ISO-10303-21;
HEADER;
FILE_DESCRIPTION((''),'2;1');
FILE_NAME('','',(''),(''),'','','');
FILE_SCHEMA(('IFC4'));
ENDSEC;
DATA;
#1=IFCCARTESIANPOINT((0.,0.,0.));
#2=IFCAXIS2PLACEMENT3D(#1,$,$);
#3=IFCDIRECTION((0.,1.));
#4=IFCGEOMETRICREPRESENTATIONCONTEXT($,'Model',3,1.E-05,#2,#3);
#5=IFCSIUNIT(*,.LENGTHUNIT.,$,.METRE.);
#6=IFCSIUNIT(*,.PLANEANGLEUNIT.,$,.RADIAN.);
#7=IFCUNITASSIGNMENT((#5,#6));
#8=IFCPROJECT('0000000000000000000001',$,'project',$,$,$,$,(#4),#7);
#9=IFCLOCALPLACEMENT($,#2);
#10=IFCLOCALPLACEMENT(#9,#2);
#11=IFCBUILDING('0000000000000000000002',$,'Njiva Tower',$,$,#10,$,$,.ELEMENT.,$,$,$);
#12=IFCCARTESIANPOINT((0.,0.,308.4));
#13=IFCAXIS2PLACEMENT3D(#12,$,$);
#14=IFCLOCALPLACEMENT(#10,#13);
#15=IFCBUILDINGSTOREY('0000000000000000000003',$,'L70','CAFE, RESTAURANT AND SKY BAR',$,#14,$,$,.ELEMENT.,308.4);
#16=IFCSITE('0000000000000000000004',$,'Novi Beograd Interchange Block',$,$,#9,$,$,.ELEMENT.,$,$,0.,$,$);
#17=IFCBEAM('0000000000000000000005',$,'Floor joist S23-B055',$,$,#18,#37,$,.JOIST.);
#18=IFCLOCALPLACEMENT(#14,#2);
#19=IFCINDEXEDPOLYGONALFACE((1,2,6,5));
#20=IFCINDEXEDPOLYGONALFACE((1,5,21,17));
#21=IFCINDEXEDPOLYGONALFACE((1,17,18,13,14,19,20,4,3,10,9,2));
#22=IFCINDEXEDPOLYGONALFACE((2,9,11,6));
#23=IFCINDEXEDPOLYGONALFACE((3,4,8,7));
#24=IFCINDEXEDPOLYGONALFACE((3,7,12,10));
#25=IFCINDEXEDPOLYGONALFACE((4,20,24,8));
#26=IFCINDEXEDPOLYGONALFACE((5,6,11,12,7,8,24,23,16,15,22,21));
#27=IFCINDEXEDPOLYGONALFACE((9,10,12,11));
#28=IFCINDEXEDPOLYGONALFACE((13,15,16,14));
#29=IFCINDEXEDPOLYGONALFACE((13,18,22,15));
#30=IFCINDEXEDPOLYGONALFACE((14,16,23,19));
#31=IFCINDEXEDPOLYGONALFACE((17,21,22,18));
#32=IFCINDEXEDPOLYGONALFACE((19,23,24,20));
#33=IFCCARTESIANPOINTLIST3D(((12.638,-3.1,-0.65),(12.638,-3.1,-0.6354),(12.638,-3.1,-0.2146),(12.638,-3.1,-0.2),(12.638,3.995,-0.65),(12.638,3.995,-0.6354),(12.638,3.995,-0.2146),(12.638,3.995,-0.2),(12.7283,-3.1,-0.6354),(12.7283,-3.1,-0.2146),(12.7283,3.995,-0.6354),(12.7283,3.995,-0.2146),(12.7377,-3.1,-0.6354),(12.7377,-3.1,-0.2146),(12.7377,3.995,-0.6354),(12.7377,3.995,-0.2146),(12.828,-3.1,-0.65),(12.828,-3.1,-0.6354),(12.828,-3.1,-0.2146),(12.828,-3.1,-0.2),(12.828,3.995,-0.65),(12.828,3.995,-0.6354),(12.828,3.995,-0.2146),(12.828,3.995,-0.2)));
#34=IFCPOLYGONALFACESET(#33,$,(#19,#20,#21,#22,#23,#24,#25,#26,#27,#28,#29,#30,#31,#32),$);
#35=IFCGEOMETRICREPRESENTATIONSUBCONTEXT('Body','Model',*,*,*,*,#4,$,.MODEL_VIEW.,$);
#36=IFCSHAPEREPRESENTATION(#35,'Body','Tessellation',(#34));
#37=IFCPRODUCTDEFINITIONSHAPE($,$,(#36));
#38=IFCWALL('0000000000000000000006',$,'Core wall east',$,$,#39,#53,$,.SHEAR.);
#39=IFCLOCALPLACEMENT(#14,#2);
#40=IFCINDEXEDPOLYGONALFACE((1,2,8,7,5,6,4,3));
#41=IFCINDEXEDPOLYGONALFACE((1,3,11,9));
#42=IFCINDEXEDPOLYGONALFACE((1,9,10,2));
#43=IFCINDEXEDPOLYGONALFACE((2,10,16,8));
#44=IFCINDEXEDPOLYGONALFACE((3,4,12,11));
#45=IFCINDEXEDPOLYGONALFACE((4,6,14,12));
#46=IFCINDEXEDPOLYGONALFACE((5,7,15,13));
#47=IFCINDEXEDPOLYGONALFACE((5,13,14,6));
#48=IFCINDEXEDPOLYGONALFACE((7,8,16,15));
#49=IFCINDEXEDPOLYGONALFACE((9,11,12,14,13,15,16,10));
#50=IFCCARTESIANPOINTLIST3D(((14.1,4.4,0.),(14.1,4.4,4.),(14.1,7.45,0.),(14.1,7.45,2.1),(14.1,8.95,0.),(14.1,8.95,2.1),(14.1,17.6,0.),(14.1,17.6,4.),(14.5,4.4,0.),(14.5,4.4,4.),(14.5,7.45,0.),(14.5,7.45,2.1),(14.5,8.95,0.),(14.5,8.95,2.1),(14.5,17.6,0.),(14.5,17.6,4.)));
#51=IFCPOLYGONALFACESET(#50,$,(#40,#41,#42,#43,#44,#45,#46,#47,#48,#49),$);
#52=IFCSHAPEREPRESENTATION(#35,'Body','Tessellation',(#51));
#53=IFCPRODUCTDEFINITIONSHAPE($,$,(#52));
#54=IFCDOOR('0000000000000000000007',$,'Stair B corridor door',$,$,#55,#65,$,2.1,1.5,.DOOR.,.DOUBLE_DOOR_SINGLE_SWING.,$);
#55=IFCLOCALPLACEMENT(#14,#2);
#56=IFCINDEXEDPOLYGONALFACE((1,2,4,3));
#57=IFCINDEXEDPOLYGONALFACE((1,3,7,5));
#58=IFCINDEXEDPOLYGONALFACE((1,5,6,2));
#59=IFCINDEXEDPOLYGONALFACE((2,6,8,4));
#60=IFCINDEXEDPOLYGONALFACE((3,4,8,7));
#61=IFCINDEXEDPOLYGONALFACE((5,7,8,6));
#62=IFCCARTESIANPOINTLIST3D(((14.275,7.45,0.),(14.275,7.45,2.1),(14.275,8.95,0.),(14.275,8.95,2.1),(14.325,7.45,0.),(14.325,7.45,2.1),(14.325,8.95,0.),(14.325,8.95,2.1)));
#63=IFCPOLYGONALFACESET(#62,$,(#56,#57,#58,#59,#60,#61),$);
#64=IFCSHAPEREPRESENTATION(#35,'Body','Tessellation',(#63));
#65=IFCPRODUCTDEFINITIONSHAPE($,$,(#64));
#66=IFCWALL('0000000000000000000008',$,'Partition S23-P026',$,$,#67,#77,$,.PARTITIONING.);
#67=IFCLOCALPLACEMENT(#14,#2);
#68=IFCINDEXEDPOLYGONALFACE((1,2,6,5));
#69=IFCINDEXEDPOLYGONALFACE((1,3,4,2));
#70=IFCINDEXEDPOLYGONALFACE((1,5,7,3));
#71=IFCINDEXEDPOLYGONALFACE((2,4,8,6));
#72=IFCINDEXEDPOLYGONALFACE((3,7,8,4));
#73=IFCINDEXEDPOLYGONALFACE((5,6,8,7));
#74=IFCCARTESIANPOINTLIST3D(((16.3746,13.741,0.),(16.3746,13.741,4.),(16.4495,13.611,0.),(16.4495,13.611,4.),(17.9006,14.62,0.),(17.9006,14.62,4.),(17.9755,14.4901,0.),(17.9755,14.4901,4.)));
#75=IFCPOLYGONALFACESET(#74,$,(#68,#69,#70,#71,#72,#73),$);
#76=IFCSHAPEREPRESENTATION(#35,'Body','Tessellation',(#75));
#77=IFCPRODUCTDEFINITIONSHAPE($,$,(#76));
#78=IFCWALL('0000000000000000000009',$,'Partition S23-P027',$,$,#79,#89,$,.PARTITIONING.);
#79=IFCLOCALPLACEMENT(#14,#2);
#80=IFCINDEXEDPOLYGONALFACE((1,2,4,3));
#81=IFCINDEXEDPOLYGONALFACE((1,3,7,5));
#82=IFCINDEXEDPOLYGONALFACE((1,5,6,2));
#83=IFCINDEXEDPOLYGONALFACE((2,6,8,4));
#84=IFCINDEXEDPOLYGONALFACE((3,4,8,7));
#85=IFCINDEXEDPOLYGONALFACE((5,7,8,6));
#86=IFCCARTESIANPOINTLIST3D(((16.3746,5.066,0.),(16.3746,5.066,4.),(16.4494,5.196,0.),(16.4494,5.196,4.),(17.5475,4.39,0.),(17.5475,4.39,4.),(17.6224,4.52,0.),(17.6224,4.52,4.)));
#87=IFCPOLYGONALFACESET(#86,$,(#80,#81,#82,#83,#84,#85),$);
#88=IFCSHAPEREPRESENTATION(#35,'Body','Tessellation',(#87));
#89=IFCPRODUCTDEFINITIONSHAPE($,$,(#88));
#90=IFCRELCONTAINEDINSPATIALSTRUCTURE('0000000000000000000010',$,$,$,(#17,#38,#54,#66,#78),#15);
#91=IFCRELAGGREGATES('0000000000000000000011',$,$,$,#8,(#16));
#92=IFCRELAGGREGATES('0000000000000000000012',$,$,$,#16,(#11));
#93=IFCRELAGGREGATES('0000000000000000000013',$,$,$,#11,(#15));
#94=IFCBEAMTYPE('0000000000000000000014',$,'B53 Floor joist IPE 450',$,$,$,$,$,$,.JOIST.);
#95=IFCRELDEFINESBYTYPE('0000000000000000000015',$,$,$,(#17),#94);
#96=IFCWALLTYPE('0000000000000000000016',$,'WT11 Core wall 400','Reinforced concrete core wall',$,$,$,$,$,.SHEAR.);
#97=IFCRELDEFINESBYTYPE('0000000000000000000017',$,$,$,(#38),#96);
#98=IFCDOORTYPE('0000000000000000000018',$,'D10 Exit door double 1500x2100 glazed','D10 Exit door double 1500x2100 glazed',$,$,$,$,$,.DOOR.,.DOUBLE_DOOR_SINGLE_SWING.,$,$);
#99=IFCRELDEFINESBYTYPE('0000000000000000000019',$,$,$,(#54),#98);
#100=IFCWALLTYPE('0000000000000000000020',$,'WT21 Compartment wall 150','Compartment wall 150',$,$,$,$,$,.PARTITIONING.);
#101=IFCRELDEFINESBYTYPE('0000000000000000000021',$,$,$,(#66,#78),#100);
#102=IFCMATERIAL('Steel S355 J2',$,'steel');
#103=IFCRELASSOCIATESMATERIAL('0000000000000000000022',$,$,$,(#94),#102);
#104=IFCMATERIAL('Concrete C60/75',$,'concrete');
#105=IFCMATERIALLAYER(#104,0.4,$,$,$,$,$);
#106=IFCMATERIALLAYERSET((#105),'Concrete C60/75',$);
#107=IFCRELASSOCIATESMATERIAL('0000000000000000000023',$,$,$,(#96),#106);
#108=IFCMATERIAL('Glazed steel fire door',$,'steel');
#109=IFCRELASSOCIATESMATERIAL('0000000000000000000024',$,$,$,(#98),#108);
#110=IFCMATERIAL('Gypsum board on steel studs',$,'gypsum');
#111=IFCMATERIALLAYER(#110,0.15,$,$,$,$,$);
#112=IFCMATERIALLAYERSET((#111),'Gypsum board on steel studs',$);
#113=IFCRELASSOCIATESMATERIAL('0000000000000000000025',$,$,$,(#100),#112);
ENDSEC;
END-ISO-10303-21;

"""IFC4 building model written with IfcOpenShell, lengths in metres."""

from ifc_helpers import new_model, si_unit, direction, frame, frame_2d, origin, origin_2d, place, context, subcontext, project, spatial, rectangle, i_section, extrude, material, layer, layer_set, material_profile, profile_set, type_object, element, fill, save


model = new_model("IFC4")

# Units and contexts
model_context = context("Model", 3, precision=1e-05, world=origin(), true_north=direction((0.0, 1.0)))
body_context = subcontext(model_context, "Body", "Model", "MODEL_VIEW")
ifc_project = project(units=[si_unit("LENGTHUNIT", "METRE"), si_unit("PLANEANGLEUNIT", "RADIAN")], contexts=[model_context])

# Site, building, storey
site_placement = place(None, origin())
site = spatial("IfcSite", under=ifc_project, at=site_placement, Name="Novi Beograd Interchange Block", CompositionType="ELEMENT", RefElevation=0.0)
building_placement = place(site_placement, origin())
building = spatial("IfcBuilding", under=site, at=building_placement, Name="Njiva Tower", CompositionType="ELEMENT")
storey_placement = place(building_placement, frame((0.0, 0.0, 308.4)))
storey = spatial("IfcBuildingStorey", under=building, at=storey_placement, Name="L70", Description="CAFE, RESTAURANT AND SKY BAR", CompositionType="ELEMENT", Elevation=308.4)

# Shared definitions
ifc_material_1 = material(Name="Steel S355 J2", Category="steel")

# Beam
ifc_material_profile_1 = material_profile(ifc_material_1, i_section(OverallWidth=0.19, OverallDepth=0.45, WebThickness=0.0094, FlangeThickness=0.0146, at=origin_2d()), Name="IPE 450")
ifc_profile_set_1 = profile_set([ifc_material_profile_1], Name="Steel S355 J2")
beam_type_1 = type_object("IfcBeamType", Name="B53 Floor joist IPE 450", PredefinedType="JOIST", material=ifc_profile_set_1)
beam_1_placement = place(storey_placement, frame((12.733, 3.995, -0.425), z_axis=(0.0, -1.0, 0.0), x_axis=(1.0, 0.0, 0.0)))
element("IfcBeam", 1, at=beam_1_placement, inside=storey, type_object=beam_type_1, Name="Floor joist S23-B055", PredefinedType="JOIST", context=body_context, shape_type="SweptSolid", body=[
    extrude(i_section(OverallWidth=0.19, OverallDepth=0.45, WebThickness=0.0094, FlangeThickness=0.0146, at=origin_2d()), origin(), (0.0, 0.0, 1.0), 7.095),
])

# Wall, opening, door
ifc_material_2 = material(Name="Concrete C60/75", Category="concrete")
ifc_layer_1 = layer(ifc_material_2, 0.4)
ifc_layer_set_1 = layer_set([ifc_layer_1], Name="Concrete C60/75")
wall_type_1 = type_object("IfcWallType", Name="WT11 Core wall 400", Description="Reinforced concrete core wall", PredefinedType="SHEAR", material=ifc_layer_set_1)
wall_1_placement = place(storey_placement, frame((14.3, 4.4, 0.0), z_axis=(0.0, 0.0, 1.0), x_axis=(0.0, 1.0, 0.0)))
wall_1 = element("IfcWall", 2, at=wall_1_placement, inside=storey, type_object=wall_type_1, Name="Core wall east", PredefinedType="SHEAR", context=body_context, shape_type="SweptSolid", body=[
    extrude(rectangle(XDim=13.2, YDim=0.4, at=frame_2d((6.6, 0.0))), origin(), (0.0, 0.0, 1.0), 4.0),
])
opening_placement = place(wall_1_placement, frame((3.05, 0.0, 0.0)))
opening = element("IfcOpeningElement", 3, at=opening_placement, cuts=wall_1, PredefinedType="OPENING", context=body_context, shape_type="SweptSolid", body=[
    extrude(rectangle(XDim=1.5, YDim=2.1, at=frame_2d((0.75, 1.05))), frame((0.0, 0.21, 0.0), z_axis=(0.0, -1.0, 0.0), x_axis=(1.0, 0.0, 0.0)), (0.0, 0.0, 1.0), 0.42),
])
ifc_material_3 = material(Name="Glazed steel fire door", Category="steel")
door_type = type_object("IfcDoorType", Name="D10 Exit door double 1500x2100 glazed", Description="D10 Exit door double 1500x2100 glazed", OperationType="DOUBLE_DOOR_SINGLE_SWING", PredefinedType="DOOR", material=ifc_material_3)
door_placement = place(opening_placement, origin())
door = element("IfcDoor", 4, at=door_placement, inside=storey, type_object=door_type, Name="Stair B corridor door", OperationType="DOUBLE_DOOR_SINGLE_SWING", OverallHeight=2.1, OverallWidth=1.5, PredefinedType="DOOR", context=body_context, shape_type="SweptSolid", body=[
    extrude(rectangle(XDim=1.5, YDim=2.1, at=frame_2d((0.75, 1.05))), frame((0.0, 0.025, 0.0), z_axis=(0.0, -1.0, 0.0), x_axis=(1.0, 0.0, 0.0)), (0.0, 0.0, 1.0), 0.05),
])
fill(opening, door)

# Walls
ifc_material_4 = material(Name="Gypsum board on steel studs", Category="gypsum")
ifc_layer_2 = layer(ifc_material_4, 0.15)
ifc_layer_set_2 = layer_set([ifc_layer_2], Name="Gypsum board on steel studs")
wall_type_2 = type_object("IfcWallType", Name="WT21 Compartment wall 150", Description="Compartment wall 150", PredefinedType="PARTITIONING", material=ifc_layer_set_2)
wall_2_placement = place(storey_placement, frame((16.412, 13.676, 0.0), z_axis=(0.0, 0.0, 1.0), x_axis=(0.866526, 0.499132, 0.0)))
element("IfcWall", 5, at=wall_2_placement, inside=storey, type_object=wall_type_2, Name="Partition S23-P026", PredefinedType="PARTITIONING", context=body_context, shape_type="SweptSolid", body=[
    extrude(rectangle(XDim=1.7611, YDim=0.15, at=frame_2d((0.8806, 0.0))), origin(), (0.0, 0.0, 1.0), 4.0),
])
wall_3_placement = place(storey_placement, frame((16.412, 5.131, 0.0), z_axis=(0.0, 0.0, 1.0), x_axis=(0.866419, -0.499317, 0.0)))
element("IfcWall", 6, at=wall_3_placement, inside=storey, type_object=wall_type_2, Name="Partition S23-P027", PredefinedType="PARTITIONING", context=body_context, shape_type="SweptSolid", body=[
    extrude(rectangle(XDim=1.3538, YDim=0.15, at=frame_2d((0.6769, 0.0))), origin(), (0.0, 0.0, 1.0), 4.0),
])

save(model, "model.ifc")
